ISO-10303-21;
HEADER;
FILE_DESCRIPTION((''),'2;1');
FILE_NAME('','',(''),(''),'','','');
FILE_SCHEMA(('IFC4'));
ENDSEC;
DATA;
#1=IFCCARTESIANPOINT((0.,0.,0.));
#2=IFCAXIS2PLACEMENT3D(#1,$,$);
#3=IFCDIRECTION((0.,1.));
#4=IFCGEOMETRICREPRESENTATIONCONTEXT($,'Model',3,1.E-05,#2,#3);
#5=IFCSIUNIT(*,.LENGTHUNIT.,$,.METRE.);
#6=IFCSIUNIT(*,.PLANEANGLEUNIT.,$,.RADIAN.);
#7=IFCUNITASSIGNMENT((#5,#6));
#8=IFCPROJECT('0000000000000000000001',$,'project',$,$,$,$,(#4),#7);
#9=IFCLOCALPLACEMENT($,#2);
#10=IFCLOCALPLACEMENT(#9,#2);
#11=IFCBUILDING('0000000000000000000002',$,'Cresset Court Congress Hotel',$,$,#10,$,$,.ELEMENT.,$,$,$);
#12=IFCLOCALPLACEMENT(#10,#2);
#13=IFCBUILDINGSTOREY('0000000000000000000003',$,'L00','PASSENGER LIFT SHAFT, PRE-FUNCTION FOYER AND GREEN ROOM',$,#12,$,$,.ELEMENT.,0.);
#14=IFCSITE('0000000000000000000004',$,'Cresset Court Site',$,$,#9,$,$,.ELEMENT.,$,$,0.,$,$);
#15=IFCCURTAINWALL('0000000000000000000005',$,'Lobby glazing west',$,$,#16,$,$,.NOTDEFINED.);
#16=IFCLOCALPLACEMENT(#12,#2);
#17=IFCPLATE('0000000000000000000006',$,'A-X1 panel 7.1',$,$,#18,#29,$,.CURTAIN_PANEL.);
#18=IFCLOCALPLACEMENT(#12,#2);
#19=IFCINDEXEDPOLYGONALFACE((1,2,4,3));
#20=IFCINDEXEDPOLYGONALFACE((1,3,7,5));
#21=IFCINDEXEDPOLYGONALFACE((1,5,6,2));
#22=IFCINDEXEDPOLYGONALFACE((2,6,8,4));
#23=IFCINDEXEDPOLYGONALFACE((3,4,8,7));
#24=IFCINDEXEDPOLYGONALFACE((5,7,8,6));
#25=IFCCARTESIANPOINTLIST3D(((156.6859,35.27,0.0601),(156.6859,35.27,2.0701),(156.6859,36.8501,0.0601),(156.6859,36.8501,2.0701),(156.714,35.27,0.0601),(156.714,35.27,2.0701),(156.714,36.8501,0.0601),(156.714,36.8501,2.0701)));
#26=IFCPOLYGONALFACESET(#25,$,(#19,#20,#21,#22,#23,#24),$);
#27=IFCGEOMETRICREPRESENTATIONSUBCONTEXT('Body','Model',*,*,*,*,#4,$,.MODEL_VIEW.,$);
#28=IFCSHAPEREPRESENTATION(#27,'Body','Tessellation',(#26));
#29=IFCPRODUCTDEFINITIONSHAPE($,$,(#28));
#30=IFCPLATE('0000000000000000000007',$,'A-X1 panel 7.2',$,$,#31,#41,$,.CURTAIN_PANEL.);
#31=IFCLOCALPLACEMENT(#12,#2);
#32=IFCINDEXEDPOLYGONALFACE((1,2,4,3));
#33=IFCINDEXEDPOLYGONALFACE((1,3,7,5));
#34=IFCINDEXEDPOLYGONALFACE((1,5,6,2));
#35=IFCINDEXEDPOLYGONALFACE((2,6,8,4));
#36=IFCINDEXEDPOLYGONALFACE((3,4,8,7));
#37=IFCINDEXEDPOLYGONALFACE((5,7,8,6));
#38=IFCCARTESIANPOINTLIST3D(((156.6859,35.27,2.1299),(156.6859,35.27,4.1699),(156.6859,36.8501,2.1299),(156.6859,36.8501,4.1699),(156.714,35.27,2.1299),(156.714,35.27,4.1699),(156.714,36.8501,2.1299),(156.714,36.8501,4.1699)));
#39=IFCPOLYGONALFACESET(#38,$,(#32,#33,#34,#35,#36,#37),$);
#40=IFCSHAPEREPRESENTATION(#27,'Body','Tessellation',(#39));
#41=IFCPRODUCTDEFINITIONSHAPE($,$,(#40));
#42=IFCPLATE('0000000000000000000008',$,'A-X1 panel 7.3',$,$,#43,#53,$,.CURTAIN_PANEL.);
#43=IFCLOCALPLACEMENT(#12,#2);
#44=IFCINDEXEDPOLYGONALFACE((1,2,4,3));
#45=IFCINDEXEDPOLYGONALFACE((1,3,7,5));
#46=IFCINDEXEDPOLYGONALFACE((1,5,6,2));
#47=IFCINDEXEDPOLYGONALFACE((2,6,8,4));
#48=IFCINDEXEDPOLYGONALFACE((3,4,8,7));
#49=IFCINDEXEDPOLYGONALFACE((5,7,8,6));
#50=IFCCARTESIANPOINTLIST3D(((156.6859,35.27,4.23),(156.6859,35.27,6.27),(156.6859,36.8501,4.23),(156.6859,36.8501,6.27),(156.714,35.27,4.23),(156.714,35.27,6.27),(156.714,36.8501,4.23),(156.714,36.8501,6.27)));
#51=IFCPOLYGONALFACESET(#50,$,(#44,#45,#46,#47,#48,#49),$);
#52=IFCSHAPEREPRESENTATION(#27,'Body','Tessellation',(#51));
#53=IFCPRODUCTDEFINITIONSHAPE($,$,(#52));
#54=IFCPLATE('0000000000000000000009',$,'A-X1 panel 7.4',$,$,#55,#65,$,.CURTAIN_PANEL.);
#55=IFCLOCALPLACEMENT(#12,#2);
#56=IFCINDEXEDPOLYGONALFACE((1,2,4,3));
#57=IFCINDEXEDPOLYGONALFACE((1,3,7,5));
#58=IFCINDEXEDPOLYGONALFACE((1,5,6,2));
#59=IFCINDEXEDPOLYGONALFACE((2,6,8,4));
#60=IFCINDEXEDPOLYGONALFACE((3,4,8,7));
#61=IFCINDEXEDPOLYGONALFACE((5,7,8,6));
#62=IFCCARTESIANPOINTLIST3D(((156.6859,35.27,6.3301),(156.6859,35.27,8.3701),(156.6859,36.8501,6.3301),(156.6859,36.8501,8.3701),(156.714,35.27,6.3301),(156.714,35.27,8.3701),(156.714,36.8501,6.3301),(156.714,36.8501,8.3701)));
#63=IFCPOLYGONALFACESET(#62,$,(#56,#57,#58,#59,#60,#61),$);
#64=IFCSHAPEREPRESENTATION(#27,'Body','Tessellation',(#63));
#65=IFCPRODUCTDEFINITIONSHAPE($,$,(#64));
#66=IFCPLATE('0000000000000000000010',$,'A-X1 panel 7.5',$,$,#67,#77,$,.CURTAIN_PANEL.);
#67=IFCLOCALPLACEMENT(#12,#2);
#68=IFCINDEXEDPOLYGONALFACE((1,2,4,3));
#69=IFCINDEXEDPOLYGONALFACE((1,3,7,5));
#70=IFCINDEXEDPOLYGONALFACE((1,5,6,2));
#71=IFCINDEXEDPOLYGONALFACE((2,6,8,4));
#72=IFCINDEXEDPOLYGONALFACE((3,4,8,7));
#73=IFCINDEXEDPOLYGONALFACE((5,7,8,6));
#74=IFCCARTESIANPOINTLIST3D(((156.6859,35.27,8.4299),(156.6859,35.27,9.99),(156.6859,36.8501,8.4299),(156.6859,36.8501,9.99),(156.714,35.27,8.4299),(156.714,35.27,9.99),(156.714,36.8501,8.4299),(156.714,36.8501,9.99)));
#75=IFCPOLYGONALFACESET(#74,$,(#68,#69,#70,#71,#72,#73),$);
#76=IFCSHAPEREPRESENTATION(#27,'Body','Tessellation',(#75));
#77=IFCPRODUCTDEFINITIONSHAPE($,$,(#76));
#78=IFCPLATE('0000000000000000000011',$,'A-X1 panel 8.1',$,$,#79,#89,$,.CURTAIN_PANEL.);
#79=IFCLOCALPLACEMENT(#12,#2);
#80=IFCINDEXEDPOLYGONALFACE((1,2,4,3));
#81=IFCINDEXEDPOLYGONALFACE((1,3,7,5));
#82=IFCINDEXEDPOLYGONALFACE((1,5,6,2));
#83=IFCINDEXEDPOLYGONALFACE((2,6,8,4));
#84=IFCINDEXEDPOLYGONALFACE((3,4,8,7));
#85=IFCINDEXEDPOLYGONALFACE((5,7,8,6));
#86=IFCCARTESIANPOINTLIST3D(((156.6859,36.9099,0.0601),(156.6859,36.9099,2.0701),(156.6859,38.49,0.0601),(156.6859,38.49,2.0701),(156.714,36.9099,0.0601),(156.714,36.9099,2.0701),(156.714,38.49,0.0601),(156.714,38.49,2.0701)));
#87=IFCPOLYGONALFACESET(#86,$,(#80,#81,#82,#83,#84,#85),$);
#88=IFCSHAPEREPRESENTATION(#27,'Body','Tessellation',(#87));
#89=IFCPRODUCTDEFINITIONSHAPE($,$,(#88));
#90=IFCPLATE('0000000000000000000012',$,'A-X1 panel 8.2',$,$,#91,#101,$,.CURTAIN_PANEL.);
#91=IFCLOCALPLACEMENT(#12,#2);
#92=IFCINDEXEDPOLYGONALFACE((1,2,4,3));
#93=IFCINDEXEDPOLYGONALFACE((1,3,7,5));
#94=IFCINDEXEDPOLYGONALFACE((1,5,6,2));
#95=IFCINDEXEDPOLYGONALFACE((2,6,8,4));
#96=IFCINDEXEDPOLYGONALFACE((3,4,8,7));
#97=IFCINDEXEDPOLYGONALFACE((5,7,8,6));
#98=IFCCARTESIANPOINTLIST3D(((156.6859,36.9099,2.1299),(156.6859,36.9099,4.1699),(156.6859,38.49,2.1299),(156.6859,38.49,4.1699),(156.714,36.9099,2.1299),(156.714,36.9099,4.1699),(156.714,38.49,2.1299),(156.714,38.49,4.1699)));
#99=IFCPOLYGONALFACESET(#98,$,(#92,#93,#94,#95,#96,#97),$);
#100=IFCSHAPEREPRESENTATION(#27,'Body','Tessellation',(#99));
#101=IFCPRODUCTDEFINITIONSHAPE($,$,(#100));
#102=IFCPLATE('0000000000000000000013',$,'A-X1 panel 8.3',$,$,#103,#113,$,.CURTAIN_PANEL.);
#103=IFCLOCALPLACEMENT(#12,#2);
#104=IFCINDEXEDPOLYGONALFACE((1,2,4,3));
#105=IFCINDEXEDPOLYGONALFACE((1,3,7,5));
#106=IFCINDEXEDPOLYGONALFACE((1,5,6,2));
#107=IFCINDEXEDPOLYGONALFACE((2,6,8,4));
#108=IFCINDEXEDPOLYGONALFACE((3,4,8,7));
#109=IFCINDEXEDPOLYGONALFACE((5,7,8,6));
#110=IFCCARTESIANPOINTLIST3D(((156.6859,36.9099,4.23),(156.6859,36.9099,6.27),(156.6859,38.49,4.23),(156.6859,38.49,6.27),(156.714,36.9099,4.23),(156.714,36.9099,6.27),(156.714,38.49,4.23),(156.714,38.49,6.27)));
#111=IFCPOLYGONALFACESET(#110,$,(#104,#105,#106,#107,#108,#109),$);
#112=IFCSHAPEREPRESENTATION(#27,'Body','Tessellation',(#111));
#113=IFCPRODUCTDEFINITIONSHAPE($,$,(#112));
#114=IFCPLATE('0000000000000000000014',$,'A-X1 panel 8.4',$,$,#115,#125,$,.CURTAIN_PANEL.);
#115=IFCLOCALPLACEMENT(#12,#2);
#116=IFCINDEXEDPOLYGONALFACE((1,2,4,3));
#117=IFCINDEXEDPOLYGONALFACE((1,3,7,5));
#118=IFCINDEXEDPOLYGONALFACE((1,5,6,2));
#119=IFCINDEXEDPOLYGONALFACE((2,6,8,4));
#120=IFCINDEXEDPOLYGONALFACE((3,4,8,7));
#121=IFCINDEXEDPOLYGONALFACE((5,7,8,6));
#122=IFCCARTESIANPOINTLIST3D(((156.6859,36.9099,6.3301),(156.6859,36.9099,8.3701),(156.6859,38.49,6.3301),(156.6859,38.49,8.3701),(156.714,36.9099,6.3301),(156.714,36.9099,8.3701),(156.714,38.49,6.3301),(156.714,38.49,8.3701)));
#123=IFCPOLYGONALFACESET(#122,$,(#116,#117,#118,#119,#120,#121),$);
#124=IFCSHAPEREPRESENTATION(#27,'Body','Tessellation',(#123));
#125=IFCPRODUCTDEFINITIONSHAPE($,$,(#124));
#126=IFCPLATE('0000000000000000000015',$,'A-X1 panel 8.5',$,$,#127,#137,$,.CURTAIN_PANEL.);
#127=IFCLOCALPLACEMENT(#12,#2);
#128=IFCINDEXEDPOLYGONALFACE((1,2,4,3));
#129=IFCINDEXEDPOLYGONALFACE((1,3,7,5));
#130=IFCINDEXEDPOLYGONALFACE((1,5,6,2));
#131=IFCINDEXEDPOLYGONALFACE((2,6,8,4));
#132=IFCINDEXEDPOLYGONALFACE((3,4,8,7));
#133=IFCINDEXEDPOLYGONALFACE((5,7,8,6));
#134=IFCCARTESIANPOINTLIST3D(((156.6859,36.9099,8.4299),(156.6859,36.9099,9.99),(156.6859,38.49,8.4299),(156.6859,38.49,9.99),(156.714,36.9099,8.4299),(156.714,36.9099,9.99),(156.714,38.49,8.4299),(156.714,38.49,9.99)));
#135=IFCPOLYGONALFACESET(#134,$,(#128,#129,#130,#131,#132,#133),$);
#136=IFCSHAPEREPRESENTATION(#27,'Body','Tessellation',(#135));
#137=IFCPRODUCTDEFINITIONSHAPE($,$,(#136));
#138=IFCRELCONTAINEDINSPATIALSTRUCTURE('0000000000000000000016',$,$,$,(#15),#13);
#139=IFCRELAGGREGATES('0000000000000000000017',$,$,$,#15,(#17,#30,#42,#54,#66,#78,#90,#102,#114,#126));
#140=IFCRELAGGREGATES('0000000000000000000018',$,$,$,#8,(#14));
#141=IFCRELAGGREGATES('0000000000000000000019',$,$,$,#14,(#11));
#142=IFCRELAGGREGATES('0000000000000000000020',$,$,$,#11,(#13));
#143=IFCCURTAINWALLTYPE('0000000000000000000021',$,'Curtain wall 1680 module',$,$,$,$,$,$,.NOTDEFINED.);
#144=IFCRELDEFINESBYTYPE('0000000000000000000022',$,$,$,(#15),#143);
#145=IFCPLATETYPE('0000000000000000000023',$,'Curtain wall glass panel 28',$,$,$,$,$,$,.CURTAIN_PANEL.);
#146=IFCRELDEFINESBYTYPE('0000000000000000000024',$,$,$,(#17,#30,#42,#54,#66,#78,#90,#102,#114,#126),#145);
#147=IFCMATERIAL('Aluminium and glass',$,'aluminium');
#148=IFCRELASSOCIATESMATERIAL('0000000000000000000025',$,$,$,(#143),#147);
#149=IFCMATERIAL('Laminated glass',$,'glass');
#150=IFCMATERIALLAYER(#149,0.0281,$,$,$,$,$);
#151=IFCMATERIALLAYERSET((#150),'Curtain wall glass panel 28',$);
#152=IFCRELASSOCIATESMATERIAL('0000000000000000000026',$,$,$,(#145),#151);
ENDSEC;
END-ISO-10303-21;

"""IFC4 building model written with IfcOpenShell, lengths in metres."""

from ifc_helpers import new_model, si_unit, direction, frame, origin, origin_2d, place, context, subcontext, project, spatial, rectangle, extrude, material, layer, layer_set, type_object, element, aggregate, save


model = new_model("IFC4")

# Units and contexts
model_context = context("Model", 3, precision=1e-05, world=origin(), true_north=direction((0.0, 1.0)))
body_context = subcontext(model_context, "Body", "Model", "MODEL_VIEW")
ifc_project = project(units=[si_unit("LENGTHUNIT", "METRE"), si_unit("PLANEANGLEUNIT", "RADIAN")], contexts=[model_context])

# Site, building, storey
site_placement = place(None, origin())
site = spatial("IfcSite", under=ifc_project, at=site_placement, Name="Cresset Court Site", CompositionType="ELEMENT", RefElevation=0.0)
building_placement = place(site_placement, origin())
building = spatial("IfcBuilding", under=site, at=building_placement, Name="Cresset Court Congress Hotel", CompositionType="ELEMENT")
storey_placement = place(building_placement, origin())
storey = spatial("IfcBuildingStorey", under=building, at=storey_placement, Name="L00", Description="PASSENGER LIFT SHAFT, PRE-FUNCTION FOYER AND GREEN ROOM", CompositionType="ELEMENT", Elevation=0.0)

# Curtain wall, plates
ifc_material_1 = material(Name="Aluminium and glass", Category="aluminium")
curtain_wall_type = type_object("IfcCurtainWallType", Name="Curtain wall 1680 module", PredefinedType="NOTDEFINED", material=ifc_material_1)
curtain_wall_placement = place(storey_placement, origin())
curtain_wall = element("IfcCurtainWall", 1, at=curtain_wall_placement, inside=storey, type_object=curtain_wall_type, Name="Lobby glazing west", PredefinedType="NOTDEFINED")
ifc_material_2 = material(Name="Laminated glass", Category="glass")
ifc_layer = layer(ifc_material_2, 0.0281)
ifc_layer_set = layer_set([ifc_layer], Name="Curtain wall glass panel 28")
plate_type = type_object("IfcPlateType", Name="Curtain wall glass panel 28", PredefinedType="CURTAIN_PANEL", material=ifc_layer_set)
plate_1_placement = place(storey_placement, frame((156.7, 36.0601, 0.0601), z_axis=(0.0, 0.0, 1.0), x_axis=(0.0, 1.0, 0.0)))
plate_1 = element("IfcPlate", 2, at=plate_1_placement, type_object=plate_type, Name="A-X1 panel 7.1", PredefinedType="CURTAIN_PANEL", context=body_context, shape_type="SweptSolid", body=[
    extrude(rectangle(XDim=1.5801, YDim=0.0281, at=origin_2d()), origin(), (0.0, 0.0, 1.0), 2.01),
])
plate_2_placement = place(storey_placement, frame((156.7, 36.0601, 2.1299), z_axis=(0.0, 0.0, 1.0), x_axis=(0.0, 1.0, 0.0)))
plate_2 = element("IfcPlate", 3, at=plate_2_placement, type_object=plate_type, Name="A-X1 panel 7.2", PredefinedType="CURTAIN_PANEL", context=body_context, shape_type="SweptSolid", body=[
    extrude(rectangle(XDim=1.5801, YDim=0.0281, at=origin_2d()), origin(), (0.0, 0.0, 1.0), 2.04),
])
plate_3_placement = place(storey_placement, frame((156.7, 36.0601, 4.23), z_axis=(0.0, 0.0, 1.0), x_axis=(0.0, 1.0, 0.0)))
plate_3 = element("IfcPlate", 4, at=plate_3_placement, type_object=plate_type, Name="A-X1 panel 7.3", PredefinedType="CURTAIN_PANEL", context=body_context, shape_type="SweptSolid", body=[
    extrude(rectangle(XDim=1.5801, YDim=0.0281, at=origin_2d()), origin(), (0.0, 0.0, 1.0), 2.04),
])
plate_4_placement = place(storey_placement, frame((156.7, 36.0601, 6.3301), z_axis=(0.0, 0.0, 1.0), x_axis=(0.0, 1.0, 0.0)))
plate_4 = element("IfcPlate", 5, at=plate_4_placement, type_object=plate_type, Name="A-X1 panel 7.4", PredefinedType="CURTAIN_PANEL", context=body_context, shape_type="SweptSolid", body=[
    extrude(rectangle(XDim=1.5801, YDim=0.0281, at=origin_2d()), origin(), (0.0, 0.0, 1.0), 2.04),
])
plate_5_placement = place(storey_placement, frame((156.7, 36.0601, 8.4299), z_axis=(0.0, 0.0, 1.0), x_axis=(0.0, 1.0, 0.0)))
plate_5 = element("IfcPlate", 6, at=plate_5_placement, type_object=plate_type, Name="A-X1 panel 7.5", PredefinedType="CURTAIN_PANEL", context=body_context, shape_type="SweptSolid", body=[
    extrude(rectangle(XDim=1.5801, YDim=0.0281, at=origin_2d()), origin(), (0.0, 0.0, 1.0), 1.5601),
])
plate_6_placement = place(storey_placement, frame((156.7, 37.7, 0.0601), z_axis=(0.0, 0.0, 1.0), x_axis=(0.0, 1.0, 0.0)))
plate_6 = element("IfcPlate", 7, at=plate_6_placement, type_object=plate_type, Name="A-X1 panel 8.1", PredefinedType="CURTAIN_PANEL", context=body_context, shape_type="SweptSolid", body=[
    extrude(rectangle(XDim=1.5801, YDim=0.0281, at=origin_2d()), origin(), (0.0, 0.0, 1.0), 2.01),
])
plate_7_placement = place(storey_placement, frame((156.7, 37.7, 2.1299), z_axis=(0.0, 0.0, 1.0), x_axis=(0.0, 1.0, 0.0)))
plate_7 = element("IfcPlate", 8, at=plate_7_placement, type_object=plate_type, Name="A-X1 panel 8.2", PredefinedType="CURTAIN_PANEL", context=body_context, shape_type="SweptSolid", body=[
    extrude(rectangle(XDim=1.5801, YDim=0.0281, at=origin_2d()), origin(), (0.0, 0.0, 1.0), 2.04),
])
plate_8_placement = place(storey_placement, frame((156.7, 37.7, 4.23), z_axis=(0.0, 0.0, 1.0), x_axis=(0.0, 1.0, 0.0)))
plate_8 = element("IfcPlate", 9, at=plate_8_placement, type_object=plate_type, Name="A-X1 panel 8.3", PredefinedType="CURTAIN_PANEL", context=body_context, shape_type="SweptSolid", body=[
    extrude(rectangle(XDim=1.5801, YDim=0.0281, at=origin_2d()), origin(), (0.0, 0.0, 1.0), 2.04),
])
plate_9_placement = place(storey_placement, frame((156.7, 37.7, 6.3301), z_axis=(0.0, 0.0, 1.0), x_axis=(0.0, 1.0, 0.0)))
plate_9 = element("IfcPlate", 10, at=plate_9_placement, type_object=plate_type, Name="A-X1 panel 8.4", PredefinedType="CURTAIN_PANEL", context=body_context, shape_type="SweptSolid", body=[
    extrude(rectangle(XDim=1.5801, YDim=0.0281, at=origin_2d()), origin(), (0.0, 0.0, 1.0), 2.04),
])
plate_10_placement = place(storey_placement, frame((156.7, 37.7, 8.4299), z_axis=(0.0, 0.0, 1.0), x_axis=(0.0, 1.0, 0.0)))
plate_10 = element("IfcPlate", 11, at=plate_10_placement, type_object=plate_type, Name="A-X1 panel 8.5", PredefinedType="CURTAIN_PANEL", context=body_context, shape_type="SweptSolid", body=[
    extrude(rectangle(XDim=1.5801, YDim=0.0281, at=origin_2d()), origin(), (0.0, 0.0, 1.0), 1.5601),
])
aggregate(curtain_wall, [plate_1, plate_2, plate_3, plate_4, plate_5, plate_6, plate_7, plate_8, plate_9, plate_10])

save(model, "model.ifc")
